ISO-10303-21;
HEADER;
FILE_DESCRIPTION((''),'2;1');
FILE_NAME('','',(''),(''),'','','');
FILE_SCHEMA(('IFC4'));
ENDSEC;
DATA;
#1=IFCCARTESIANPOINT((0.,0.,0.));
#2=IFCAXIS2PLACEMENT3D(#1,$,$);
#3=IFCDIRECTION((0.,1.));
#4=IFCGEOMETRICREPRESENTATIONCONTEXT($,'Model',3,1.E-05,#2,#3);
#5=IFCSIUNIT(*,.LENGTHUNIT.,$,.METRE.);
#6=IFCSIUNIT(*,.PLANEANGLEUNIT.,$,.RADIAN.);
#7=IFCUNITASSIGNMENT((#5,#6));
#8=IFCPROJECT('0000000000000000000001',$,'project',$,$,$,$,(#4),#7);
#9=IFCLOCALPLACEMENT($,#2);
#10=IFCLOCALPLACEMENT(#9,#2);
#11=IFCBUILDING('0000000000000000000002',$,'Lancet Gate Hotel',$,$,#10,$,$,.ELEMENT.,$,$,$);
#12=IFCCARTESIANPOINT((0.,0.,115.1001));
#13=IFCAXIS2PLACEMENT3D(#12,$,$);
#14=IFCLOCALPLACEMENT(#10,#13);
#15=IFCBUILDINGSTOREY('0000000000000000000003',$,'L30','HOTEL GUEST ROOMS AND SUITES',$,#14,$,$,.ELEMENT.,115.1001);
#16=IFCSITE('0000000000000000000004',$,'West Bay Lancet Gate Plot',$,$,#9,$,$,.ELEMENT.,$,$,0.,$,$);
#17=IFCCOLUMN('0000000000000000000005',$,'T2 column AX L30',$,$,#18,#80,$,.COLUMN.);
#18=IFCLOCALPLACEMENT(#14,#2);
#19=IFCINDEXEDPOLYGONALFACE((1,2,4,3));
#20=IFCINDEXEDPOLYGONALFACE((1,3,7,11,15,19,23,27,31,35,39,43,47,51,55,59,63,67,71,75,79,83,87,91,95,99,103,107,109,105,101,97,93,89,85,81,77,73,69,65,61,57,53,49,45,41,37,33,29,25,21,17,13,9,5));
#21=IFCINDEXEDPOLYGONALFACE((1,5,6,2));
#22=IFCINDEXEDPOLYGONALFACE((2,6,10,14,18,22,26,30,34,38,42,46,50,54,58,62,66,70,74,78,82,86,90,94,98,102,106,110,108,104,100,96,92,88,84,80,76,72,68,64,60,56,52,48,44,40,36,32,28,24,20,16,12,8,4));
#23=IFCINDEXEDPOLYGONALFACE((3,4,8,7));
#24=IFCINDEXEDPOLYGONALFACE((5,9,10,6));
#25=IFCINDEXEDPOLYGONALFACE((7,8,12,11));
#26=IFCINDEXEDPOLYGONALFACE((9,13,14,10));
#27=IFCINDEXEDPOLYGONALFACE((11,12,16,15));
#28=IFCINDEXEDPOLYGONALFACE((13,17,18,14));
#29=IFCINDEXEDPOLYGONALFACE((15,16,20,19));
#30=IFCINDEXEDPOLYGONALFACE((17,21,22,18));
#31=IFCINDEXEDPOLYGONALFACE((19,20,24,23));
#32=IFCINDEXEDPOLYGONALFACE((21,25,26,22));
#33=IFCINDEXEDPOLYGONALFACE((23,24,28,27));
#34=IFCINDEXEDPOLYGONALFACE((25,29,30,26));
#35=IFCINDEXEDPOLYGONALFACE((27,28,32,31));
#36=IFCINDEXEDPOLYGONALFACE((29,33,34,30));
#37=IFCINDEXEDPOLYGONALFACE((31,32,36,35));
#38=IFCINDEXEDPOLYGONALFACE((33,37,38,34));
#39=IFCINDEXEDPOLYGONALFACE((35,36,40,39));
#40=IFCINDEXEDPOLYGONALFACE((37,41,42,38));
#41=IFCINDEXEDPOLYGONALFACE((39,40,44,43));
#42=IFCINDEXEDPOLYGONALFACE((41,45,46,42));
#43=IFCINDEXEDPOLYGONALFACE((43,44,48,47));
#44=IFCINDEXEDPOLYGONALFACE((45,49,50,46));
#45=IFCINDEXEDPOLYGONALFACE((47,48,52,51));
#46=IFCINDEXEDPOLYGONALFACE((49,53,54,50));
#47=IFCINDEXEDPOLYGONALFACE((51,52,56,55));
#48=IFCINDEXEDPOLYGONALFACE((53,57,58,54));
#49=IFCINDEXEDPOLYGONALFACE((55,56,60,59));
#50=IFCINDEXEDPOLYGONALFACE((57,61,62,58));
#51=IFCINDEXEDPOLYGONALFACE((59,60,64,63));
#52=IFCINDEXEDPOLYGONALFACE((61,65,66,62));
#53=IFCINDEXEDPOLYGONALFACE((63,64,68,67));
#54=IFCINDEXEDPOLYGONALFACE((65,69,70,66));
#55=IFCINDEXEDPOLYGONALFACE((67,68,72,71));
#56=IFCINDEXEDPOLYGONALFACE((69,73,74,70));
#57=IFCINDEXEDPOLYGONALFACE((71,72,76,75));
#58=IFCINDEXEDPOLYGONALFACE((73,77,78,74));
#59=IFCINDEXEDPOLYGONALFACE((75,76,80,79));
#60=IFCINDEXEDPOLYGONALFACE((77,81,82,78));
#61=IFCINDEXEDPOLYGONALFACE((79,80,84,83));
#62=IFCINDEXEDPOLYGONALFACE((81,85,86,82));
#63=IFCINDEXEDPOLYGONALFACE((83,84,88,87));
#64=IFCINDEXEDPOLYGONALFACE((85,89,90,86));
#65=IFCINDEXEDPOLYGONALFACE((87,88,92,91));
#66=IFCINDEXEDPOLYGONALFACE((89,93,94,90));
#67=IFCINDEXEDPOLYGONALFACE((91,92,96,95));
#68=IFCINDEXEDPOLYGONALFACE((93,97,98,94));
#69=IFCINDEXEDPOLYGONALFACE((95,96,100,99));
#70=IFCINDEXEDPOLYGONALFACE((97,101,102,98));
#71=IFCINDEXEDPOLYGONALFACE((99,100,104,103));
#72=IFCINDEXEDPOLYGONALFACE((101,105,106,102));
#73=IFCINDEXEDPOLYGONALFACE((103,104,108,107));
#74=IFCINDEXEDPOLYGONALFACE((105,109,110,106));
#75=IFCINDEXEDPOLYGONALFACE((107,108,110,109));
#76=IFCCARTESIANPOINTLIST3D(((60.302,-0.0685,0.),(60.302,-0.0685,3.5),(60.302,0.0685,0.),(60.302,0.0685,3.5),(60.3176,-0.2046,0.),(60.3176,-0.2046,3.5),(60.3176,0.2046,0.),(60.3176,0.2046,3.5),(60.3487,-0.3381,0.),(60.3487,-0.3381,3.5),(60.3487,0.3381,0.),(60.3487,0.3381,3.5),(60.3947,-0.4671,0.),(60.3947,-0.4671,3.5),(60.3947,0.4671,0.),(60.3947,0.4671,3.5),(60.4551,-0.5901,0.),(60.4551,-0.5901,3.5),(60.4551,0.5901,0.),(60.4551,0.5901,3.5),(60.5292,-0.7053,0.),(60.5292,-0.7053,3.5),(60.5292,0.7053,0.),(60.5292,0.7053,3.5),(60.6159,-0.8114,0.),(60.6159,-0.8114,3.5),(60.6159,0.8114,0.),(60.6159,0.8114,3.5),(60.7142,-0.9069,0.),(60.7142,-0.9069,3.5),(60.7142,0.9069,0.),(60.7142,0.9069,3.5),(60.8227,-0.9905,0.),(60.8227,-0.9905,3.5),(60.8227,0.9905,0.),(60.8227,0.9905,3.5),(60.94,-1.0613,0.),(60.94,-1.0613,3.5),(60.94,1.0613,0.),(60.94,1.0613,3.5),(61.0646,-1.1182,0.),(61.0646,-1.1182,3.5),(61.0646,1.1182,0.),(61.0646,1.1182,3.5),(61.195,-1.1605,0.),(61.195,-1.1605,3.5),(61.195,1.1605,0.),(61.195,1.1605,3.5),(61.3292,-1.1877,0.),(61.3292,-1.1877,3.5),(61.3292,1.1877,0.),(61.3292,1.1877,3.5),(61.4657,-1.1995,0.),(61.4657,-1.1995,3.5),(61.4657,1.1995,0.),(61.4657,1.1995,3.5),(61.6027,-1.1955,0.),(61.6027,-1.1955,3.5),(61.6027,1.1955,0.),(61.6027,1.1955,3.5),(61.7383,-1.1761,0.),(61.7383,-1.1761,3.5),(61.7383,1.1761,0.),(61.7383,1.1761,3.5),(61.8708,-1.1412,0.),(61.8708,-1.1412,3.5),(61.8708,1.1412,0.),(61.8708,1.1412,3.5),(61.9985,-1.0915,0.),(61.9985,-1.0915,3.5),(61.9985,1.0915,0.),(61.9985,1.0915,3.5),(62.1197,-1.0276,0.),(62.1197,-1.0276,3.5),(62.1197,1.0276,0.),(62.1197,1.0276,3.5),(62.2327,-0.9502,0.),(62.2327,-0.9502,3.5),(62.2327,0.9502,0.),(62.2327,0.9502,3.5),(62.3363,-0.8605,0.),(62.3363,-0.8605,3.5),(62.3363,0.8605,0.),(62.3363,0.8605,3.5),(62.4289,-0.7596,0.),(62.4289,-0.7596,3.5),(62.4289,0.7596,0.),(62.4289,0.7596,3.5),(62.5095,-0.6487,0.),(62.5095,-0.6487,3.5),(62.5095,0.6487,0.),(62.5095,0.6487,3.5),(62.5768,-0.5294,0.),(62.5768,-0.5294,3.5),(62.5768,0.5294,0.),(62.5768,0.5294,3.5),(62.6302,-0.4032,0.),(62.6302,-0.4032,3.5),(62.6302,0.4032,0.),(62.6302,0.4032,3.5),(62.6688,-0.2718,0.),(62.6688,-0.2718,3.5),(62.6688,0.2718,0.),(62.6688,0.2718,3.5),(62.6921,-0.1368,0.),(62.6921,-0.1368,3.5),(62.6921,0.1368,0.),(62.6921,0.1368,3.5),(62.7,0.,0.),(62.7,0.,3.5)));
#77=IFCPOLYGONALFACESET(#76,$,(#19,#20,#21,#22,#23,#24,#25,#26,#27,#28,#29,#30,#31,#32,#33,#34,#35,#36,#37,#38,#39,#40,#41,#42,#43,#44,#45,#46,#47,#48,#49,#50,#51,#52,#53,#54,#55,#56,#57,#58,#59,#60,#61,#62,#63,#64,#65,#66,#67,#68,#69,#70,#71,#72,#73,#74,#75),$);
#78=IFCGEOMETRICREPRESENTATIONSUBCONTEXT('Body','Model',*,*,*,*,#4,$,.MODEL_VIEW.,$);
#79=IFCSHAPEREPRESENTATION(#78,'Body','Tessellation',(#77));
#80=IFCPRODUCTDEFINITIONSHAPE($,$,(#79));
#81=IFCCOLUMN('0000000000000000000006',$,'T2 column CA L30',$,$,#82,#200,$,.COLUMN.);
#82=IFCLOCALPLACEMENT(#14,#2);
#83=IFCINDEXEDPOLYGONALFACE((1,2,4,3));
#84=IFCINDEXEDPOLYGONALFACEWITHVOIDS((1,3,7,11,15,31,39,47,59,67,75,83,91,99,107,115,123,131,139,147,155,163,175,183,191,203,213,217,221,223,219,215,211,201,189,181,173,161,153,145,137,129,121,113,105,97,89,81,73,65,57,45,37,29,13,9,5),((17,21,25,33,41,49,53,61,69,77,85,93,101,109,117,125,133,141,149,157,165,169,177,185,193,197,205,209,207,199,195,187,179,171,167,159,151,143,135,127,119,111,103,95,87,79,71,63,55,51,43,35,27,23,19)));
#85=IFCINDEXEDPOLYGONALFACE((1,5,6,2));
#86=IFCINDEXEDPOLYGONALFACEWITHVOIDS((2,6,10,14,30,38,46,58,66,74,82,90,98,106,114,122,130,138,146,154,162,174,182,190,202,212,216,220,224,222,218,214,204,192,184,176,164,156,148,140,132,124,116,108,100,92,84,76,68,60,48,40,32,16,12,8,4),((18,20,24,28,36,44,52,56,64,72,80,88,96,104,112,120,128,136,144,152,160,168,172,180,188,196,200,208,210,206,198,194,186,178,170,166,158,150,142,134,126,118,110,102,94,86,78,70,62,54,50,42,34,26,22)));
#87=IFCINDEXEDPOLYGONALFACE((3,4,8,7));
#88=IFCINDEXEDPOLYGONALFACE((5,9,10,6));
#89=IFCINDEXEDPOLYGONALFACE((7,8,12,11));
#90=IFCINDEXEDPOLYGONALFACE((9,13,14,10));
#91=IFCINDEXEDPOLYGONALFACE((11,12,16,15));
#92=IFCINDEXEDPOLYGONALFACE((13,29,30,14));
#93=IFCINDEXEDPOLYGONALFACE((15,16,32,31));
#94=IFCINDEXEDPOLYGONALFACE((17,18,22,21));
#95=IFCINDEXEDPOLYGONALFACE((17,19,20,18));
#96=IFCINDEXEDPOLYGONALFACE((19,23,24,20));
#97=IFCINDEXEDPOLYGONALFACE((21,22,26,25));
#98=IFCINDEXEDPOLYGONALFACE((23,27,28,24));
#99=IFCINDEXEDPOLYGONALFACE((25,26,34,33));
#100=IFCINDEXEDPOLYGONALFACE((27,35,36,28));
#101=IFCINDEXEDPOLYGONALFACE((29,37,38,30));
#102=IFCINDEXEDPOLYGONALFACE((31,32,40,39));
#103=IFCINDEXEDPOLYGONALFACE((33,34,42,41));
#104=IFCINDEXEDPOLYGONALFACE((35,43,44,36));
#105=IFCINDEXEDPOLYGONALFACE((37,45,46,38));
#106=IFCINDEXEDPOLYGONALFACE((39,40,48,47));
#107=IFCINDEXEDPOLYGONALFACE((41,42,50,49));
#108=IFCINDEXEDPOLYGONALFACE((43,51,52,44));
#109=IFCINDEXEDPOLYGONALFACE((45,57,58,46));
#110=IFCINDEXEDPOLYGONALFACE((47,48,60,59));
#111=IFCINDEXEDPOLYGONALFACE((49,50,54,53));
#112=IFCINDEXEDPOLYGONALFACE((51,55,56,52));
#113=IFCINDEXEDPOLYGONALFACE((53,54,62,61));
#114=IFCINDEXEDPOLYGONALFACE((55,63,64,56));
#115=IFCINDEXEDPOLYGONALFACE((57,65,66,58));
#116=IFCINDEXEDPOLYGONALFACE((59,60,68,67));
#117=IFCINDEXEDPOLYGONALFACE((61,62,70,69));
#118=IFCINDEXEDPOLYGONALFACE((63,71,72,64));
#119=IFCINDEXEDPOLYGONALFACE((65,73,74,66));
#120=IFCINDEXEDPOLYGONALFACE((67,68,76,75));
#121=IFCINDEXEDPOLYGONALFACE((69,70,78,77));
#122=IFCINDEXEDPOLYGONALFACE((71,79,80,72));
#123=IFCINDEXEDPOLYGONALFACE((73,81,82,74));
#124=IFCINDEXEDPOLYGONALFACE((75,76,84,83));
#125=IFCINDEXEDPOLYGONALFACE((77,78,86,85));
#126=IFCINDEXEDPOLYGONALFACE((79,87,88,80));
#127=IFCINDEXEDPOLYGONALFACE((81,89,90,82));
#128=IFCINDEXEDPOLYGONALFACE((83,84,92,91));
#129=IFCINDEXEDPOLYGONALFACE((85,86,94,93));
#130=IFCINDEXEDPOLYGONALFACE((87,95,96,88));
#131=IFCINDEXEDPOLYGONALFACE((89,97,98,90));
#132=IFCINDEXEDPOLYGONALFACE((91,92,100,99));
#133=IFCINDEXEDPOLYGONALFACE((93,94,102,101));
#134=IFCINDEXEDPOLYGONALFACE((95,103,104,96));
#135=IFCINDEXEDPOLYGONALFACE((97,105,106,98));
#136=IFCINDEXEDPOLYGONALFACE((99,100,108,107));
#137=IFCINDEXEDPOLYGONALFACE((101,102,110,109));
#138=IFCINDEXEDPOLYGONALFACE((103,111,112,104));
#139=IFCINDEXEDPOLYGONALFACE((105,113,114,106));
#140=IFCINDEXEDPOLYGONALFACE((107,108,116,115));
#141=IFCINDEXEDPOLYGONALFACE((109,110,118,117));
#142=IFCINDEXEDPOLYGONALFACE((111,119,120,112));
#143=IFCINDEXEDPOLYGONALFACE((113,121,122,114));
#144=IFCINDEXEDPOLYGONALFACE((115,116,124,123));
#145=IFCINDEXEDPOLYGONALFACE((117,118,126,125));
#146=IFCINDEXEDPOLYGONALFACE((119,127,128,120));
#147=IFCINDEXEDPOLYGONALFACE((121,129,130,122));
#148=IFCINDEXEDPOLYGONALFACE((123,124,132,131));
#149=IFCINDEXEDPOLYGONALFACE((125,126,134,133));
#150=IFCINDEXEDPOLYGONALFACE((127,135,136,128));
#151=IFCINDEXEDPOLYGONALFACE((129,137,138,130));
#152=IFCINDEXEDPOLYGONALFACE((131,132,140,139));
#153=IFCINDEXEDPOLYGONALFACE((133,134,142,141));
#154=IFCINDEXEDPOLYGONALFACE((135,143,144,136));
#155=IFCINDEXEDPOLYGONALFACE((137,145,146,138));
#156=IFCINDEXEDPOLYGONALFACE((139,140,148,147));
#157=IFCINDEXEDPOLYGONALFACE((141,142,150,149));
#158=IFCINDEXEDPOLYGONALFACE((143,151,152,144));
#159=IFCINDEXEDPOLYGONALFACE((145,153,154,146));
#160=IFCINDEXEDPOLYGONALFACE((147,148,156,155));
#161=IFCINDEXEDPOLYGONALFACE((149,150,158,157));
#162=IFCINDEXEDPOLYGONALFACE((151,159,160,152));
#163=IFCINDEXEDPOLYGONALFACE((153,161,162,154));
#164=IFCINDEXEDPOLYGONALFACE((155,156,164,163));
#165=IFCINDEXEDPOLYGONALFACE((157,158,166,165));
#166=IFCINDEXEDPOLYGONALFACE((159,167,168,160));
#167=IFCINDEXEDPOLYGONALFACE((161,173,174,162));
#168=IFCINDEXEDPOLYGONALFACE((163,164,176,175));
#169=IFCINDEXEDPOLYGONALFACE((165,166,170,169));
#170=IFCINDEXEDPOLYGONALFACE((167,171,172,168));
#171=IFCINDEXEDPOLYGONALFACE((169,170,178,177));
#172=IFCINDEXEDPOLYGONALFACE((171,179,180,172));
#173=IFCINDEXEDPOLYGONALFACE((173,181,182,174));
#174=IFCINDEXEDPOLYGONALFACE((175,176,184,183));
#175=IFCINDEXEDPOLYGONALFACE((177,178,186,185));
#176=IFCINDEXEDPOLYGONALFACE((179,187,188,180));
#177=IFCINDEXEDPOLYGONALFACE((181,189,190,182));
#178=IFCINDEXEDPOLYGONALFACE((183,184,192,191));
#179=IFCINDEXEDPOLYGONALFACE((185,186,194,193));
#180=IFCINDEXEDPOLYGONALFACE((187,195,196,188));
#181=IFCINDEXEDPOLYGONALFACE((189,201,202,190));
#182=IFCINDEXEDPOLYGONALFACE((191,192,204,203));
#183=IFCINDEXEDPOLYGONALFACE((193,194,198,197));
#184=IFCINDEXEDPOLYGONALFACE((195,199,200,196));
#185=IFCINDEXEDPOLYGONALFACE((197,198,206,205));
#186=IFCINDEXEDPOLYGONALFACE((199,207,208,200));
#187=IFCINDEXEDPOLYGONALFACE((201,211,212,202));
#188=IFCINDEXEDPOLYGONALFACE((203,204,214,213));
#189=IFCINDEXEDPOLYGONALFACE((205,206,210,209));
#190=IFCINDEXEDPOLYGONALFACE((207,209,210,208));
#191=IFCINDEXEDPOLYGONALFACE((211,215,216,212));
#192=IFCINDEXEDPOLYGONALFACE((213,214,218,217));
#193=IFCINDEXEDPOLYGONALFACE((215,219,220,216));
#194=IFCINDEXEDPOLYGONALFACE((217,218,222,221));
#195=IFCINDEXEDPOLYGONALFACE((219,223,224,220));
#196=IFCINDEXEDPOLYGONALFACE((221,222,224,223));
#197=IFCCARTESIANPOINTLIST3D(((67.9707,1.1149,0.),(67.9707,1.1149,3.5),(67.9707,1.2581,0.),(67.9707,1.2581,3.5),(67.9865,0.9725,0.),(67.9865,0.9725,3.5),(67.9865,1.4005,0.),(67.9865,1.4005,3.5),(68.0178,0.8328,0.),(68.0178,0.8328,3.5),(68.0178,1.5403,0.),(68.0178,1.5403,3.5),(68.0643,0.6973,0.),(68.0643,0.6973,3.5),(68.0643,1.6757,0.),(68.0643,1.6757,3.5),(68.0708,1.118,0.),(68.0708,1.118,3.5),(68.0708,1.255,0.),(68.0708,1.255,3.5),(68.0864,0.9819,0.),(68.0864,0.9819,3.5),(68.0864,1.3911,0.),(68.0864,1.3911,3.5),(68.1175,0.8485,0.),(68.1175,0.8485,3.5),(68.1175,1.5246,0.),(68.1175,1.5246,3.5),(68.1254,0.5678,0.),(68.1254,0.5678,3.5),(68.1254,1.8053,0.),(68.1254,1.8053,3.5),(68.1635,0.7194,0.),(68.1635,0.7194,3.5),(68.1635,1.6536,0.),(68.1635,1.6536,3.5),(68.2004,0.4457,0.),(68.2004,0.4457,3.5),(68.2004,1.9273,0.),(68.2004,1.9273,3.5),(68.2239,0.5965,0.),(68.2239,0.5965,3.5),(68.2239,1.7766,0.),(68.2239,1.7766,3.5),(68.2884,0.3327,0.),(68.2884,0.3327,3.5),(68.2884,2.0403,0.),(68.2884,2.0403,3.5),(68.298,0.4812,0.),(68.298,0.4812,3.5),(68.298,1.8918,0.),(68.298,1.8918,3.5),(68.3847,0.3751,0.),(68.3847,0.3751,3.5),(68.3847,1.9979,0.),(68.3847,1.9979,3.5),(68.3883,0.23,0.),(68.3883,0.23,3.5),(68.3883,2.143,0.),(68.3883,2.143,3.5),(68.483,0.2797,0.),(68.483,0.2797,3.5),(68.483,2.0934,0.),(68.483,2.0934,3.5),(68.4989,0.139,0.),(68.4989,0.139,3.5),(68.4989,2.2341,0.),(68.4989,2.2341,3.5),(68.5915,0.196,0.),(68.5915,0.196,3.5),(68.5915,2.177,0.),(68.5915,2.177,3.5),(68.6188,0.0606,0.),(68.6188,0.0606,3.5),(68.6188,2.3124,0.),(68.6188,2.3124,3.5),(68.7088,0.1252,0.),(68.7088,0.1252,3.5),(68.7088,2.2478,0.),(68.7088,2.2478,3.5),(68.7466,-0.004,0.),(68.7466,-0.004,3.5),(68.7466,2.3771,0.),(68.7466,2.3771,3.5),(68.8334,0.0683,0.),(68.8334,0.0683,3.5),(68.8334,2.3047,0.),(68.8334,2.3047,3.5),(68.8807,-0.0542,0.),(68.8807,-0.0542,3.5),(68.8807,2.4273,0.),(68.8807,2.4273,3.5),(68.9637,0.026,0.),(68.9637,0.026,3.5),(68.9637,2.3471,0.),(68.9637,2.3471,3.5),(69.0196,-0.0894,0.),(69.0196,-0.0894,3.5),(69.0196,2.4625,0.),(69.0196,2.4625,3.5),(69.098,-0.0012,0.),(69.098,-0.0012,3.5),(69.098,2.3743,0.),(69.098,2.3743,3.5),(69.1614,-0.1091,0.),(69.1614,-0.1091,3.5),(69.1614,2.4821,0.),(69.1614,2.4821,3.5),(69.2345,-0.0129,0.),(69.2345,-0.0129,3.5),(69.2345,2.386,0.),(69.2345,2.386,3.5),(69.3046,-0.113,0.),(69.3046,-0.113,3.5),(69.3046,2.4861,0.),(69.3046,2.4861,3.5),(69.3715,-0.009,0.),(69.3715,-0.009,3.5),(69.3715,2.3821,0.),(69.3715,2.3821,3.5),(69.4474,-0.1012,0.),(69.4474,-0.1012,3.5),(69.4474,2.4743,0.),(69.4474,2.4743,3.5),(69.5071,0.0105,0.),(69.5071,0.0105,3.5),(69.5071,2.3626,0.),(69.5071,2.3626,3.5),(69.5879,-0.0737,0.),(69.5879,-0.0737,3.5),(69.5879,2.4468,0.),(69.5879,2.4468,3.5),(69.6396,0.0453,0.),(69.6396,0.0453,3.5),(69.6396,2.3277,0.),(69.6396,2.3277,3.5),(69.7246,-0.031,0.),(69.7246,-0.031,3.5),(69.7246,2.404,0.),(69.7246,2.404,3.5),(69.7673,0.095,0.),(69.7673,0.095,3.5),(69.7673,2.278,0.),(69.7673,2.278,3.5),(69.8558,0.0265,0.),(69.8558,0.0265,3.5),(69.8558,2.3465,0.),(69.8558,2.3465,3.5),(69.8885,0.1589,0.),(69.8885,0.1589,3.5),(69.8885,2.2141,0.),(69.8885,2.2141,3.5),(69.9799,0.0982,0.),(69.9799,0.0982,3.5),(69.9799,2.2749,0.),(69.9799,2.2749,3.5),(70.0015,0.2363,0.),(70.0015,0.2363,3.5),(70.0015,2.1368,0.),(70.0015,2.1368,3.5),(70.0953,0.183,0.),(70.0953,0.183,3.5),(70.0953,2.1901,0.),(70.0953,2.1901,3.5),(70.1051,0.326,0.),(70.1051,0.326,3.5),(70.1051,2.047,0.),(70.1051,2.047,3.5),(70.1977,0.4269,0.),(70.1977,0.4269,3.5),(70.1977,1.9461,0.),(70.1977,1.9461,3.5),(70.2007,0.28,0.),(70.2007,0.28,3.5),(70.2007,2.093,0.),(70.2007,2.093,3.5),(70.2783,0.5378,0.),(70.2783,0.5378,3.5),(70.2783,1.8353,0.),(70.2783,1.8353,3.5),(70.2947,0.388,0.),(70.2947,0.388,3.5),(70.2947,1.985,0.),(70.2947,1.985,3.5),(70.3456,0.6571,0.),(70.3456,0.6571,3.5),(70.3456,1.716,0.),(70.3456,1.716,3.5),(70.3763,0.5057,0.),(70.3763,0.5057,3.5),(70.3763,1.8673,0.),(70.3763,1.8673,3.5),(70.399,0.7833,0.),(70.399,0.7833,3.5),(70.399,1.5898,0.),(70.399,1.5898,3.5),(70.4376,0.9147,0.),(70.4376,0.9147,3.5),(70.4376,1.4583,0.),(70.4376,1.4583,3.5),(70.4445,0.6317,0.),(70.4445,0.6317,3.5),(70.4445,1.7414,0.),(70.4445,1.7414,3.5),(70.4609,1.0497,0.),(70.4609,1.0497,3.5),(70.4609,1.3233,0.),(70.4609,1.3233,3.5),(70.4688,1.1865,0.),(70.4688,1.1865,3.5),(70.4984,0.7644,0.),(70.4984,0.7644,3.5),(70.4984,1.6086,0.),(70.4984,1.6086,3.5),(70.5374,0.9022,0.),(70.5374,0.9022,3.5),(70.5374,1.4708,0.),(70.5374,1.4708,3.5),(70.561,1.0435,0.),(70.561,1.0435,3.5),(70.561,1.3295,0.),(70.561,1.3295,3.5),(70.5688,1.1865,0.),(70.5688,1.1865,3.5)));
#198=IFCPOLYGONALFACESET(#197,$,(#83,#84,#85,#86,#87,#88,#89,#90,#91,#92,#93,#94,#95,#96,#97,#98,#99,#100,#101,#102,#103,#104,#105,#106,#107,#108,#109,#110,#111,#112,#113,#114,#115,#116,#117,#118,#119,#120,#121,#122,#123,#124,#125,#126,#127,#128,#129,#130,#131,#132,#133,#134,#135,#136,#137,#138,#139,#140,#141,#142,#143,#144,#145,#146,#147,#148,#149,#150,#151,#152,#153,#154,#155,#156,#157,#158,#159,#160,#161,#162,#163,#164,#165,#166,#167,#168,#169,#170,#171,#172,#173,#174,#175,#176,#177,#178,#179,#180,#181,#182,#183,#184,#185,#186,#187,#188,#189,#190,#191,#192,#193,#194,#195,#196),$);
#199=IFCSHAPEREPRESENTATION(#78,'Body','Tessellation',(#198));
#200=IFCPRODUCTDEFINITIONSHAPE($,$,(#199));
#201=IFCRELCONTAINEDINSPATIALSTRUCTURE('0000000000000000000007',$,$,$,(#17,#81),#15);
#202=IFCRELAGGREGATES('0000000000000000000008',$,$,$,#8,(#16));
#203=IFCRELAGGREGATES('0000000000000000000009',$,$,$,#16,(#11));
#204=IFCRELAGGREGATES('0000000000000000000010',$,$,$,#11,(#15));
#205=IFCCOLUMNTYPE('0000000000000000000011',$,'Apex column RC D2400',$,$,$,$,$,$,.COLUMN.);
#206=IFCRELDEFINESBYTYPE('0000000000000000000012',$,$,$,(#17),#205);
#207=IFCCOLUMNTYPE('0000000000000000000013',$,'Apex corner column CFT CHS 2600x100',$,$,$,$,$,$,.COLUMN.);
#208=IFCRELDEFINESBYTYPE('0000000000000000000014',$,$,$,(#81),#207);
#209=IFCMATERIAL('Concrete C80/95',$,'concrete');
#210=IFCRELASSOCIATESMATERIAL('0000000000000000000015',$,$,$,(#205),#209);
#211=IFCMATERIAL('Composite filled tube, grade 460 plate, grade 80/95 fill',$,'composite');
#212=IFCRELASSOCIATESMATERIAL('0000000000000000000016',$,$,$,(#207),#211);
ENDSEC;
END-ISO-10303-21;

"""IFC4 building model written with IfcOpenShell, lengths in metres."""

from ifc_helpers import new_model, si_unit, direction, frame, origin, origin_2d, place, context, subcontext, project, spatial, circle, hollow_circle, extrude, material, material_profile, profile_set, type_object, element, save


model = new_model("IFC4")

# Units and contexts
model_context = context("Model", 3, precision=1e-05, world=origin(), true_north=direction((0.0, 1.0)))
body_context = subcontext(model_context, "Body", "Model", "MODEL_VIEW")
ifc_project = project(units=[si_unit("LENGTHUNIT", "METRE"), si_unit("PLANEANGLEUNIT", "RADIAN")], contexts=[model_context])

# Site, building, storey
site_placement = place(None, origin())
site = spatial("IfcSite", under=ifc_project, at=site_placement, Name="West Bay Lancet Gate Plot", CompositionType="ELEMENT", RefElevation=0.0)
building_placement = place(site_placement, origin())
building = spatial("IfcBuilding", under=site, at=building_placement, Name="Lancet Gate Hotel", CompositionType="ELEMENT")
storey_placement = place(building_placement, frame((0.0, 0.0, 115.1001)))
storey = spatial("IfcBuildingStorey", under=building, at=storey_placement, Name="L30", Description="HOTEL GUEST ROOMS AND SUITES", CompositionType="ELEMENT", Elevation=115.1001)

# Columns
ifc_material_1 = material(Name="Concrete C80/95", Category="concrete")
ifc_material_profile_1 = material_profile(ifc_material_1, circle(Radius=1.2, at=origin_2d()), Name="RC D2400")
ifc_profile_set_1 = profile_set([ifc_material_profile_1], Name="Concrete C80/95")
column_type_1 = type_object("IfcColumnType", Name="Apex column RC D2400", PredefinedType="COLUMN", material=ifc_profile_set_1)
column_1_placement = place(storey_placement, frame((61.5, 0.0, 0.0), z_axis=(0.0, 0.0, 1.0), x_axis=(1.0, 0.0, 0.0)))
element("IfcColumn", 1, at=column_1_placement, inside=storey, type_object=column_type_1, Name="T2 column AX L30", PredefinedType="COLUMN", context=body_context, shape_type="SweptSolid", body=[
    extrude(circle(Radius=1.2, at=origin_2d()), origin(), (0.0, 0.0, 1.0), 3.5),
])
ifc_material_2 = material(Name="Composite filled tube, grade 460 plate, grade 80/95 fill", Category="composite")
ifc_material_profile_2 = material_profile(ifc_material_2, hollow_circle(Radius=1.3, WallThickness=0.1001, at=origin_2d()), Name="CHS 2600x100")
ifc_profile_set_2 = profile_set([ifc_material_profile_2], Name="Composite filled tube, grade 460 plate, grade 80/95 fill")
column_type_2 = type_object("IfcColumnType", Name="Apex corner column CFT CHS 2600x100", PredefinedType="COLUMN", material=ifc_profile_set_2)
column_2_placement = place(storey_placement, frame((69.2688, 1.1865, 0.0), z_axis=(0.0, 0.0, 1.0), x_axis=(1.0, 0.0, 0.0)))
element("IfcColumn", 2, at=column_2_placement, inside=storey, type_object=column_type_2, Name="T2 column CA L30", PredefinedType="COLUMN", context=body_context, shape_type="SweptSolid", body=[
    extrude(hollow_circle(Radius=1.3, WallThickness=0.1001, at=origin_2d()), origin(), (0.0, 0.0, 1.0), 3.5),
])

save(model, "model.ifc")
